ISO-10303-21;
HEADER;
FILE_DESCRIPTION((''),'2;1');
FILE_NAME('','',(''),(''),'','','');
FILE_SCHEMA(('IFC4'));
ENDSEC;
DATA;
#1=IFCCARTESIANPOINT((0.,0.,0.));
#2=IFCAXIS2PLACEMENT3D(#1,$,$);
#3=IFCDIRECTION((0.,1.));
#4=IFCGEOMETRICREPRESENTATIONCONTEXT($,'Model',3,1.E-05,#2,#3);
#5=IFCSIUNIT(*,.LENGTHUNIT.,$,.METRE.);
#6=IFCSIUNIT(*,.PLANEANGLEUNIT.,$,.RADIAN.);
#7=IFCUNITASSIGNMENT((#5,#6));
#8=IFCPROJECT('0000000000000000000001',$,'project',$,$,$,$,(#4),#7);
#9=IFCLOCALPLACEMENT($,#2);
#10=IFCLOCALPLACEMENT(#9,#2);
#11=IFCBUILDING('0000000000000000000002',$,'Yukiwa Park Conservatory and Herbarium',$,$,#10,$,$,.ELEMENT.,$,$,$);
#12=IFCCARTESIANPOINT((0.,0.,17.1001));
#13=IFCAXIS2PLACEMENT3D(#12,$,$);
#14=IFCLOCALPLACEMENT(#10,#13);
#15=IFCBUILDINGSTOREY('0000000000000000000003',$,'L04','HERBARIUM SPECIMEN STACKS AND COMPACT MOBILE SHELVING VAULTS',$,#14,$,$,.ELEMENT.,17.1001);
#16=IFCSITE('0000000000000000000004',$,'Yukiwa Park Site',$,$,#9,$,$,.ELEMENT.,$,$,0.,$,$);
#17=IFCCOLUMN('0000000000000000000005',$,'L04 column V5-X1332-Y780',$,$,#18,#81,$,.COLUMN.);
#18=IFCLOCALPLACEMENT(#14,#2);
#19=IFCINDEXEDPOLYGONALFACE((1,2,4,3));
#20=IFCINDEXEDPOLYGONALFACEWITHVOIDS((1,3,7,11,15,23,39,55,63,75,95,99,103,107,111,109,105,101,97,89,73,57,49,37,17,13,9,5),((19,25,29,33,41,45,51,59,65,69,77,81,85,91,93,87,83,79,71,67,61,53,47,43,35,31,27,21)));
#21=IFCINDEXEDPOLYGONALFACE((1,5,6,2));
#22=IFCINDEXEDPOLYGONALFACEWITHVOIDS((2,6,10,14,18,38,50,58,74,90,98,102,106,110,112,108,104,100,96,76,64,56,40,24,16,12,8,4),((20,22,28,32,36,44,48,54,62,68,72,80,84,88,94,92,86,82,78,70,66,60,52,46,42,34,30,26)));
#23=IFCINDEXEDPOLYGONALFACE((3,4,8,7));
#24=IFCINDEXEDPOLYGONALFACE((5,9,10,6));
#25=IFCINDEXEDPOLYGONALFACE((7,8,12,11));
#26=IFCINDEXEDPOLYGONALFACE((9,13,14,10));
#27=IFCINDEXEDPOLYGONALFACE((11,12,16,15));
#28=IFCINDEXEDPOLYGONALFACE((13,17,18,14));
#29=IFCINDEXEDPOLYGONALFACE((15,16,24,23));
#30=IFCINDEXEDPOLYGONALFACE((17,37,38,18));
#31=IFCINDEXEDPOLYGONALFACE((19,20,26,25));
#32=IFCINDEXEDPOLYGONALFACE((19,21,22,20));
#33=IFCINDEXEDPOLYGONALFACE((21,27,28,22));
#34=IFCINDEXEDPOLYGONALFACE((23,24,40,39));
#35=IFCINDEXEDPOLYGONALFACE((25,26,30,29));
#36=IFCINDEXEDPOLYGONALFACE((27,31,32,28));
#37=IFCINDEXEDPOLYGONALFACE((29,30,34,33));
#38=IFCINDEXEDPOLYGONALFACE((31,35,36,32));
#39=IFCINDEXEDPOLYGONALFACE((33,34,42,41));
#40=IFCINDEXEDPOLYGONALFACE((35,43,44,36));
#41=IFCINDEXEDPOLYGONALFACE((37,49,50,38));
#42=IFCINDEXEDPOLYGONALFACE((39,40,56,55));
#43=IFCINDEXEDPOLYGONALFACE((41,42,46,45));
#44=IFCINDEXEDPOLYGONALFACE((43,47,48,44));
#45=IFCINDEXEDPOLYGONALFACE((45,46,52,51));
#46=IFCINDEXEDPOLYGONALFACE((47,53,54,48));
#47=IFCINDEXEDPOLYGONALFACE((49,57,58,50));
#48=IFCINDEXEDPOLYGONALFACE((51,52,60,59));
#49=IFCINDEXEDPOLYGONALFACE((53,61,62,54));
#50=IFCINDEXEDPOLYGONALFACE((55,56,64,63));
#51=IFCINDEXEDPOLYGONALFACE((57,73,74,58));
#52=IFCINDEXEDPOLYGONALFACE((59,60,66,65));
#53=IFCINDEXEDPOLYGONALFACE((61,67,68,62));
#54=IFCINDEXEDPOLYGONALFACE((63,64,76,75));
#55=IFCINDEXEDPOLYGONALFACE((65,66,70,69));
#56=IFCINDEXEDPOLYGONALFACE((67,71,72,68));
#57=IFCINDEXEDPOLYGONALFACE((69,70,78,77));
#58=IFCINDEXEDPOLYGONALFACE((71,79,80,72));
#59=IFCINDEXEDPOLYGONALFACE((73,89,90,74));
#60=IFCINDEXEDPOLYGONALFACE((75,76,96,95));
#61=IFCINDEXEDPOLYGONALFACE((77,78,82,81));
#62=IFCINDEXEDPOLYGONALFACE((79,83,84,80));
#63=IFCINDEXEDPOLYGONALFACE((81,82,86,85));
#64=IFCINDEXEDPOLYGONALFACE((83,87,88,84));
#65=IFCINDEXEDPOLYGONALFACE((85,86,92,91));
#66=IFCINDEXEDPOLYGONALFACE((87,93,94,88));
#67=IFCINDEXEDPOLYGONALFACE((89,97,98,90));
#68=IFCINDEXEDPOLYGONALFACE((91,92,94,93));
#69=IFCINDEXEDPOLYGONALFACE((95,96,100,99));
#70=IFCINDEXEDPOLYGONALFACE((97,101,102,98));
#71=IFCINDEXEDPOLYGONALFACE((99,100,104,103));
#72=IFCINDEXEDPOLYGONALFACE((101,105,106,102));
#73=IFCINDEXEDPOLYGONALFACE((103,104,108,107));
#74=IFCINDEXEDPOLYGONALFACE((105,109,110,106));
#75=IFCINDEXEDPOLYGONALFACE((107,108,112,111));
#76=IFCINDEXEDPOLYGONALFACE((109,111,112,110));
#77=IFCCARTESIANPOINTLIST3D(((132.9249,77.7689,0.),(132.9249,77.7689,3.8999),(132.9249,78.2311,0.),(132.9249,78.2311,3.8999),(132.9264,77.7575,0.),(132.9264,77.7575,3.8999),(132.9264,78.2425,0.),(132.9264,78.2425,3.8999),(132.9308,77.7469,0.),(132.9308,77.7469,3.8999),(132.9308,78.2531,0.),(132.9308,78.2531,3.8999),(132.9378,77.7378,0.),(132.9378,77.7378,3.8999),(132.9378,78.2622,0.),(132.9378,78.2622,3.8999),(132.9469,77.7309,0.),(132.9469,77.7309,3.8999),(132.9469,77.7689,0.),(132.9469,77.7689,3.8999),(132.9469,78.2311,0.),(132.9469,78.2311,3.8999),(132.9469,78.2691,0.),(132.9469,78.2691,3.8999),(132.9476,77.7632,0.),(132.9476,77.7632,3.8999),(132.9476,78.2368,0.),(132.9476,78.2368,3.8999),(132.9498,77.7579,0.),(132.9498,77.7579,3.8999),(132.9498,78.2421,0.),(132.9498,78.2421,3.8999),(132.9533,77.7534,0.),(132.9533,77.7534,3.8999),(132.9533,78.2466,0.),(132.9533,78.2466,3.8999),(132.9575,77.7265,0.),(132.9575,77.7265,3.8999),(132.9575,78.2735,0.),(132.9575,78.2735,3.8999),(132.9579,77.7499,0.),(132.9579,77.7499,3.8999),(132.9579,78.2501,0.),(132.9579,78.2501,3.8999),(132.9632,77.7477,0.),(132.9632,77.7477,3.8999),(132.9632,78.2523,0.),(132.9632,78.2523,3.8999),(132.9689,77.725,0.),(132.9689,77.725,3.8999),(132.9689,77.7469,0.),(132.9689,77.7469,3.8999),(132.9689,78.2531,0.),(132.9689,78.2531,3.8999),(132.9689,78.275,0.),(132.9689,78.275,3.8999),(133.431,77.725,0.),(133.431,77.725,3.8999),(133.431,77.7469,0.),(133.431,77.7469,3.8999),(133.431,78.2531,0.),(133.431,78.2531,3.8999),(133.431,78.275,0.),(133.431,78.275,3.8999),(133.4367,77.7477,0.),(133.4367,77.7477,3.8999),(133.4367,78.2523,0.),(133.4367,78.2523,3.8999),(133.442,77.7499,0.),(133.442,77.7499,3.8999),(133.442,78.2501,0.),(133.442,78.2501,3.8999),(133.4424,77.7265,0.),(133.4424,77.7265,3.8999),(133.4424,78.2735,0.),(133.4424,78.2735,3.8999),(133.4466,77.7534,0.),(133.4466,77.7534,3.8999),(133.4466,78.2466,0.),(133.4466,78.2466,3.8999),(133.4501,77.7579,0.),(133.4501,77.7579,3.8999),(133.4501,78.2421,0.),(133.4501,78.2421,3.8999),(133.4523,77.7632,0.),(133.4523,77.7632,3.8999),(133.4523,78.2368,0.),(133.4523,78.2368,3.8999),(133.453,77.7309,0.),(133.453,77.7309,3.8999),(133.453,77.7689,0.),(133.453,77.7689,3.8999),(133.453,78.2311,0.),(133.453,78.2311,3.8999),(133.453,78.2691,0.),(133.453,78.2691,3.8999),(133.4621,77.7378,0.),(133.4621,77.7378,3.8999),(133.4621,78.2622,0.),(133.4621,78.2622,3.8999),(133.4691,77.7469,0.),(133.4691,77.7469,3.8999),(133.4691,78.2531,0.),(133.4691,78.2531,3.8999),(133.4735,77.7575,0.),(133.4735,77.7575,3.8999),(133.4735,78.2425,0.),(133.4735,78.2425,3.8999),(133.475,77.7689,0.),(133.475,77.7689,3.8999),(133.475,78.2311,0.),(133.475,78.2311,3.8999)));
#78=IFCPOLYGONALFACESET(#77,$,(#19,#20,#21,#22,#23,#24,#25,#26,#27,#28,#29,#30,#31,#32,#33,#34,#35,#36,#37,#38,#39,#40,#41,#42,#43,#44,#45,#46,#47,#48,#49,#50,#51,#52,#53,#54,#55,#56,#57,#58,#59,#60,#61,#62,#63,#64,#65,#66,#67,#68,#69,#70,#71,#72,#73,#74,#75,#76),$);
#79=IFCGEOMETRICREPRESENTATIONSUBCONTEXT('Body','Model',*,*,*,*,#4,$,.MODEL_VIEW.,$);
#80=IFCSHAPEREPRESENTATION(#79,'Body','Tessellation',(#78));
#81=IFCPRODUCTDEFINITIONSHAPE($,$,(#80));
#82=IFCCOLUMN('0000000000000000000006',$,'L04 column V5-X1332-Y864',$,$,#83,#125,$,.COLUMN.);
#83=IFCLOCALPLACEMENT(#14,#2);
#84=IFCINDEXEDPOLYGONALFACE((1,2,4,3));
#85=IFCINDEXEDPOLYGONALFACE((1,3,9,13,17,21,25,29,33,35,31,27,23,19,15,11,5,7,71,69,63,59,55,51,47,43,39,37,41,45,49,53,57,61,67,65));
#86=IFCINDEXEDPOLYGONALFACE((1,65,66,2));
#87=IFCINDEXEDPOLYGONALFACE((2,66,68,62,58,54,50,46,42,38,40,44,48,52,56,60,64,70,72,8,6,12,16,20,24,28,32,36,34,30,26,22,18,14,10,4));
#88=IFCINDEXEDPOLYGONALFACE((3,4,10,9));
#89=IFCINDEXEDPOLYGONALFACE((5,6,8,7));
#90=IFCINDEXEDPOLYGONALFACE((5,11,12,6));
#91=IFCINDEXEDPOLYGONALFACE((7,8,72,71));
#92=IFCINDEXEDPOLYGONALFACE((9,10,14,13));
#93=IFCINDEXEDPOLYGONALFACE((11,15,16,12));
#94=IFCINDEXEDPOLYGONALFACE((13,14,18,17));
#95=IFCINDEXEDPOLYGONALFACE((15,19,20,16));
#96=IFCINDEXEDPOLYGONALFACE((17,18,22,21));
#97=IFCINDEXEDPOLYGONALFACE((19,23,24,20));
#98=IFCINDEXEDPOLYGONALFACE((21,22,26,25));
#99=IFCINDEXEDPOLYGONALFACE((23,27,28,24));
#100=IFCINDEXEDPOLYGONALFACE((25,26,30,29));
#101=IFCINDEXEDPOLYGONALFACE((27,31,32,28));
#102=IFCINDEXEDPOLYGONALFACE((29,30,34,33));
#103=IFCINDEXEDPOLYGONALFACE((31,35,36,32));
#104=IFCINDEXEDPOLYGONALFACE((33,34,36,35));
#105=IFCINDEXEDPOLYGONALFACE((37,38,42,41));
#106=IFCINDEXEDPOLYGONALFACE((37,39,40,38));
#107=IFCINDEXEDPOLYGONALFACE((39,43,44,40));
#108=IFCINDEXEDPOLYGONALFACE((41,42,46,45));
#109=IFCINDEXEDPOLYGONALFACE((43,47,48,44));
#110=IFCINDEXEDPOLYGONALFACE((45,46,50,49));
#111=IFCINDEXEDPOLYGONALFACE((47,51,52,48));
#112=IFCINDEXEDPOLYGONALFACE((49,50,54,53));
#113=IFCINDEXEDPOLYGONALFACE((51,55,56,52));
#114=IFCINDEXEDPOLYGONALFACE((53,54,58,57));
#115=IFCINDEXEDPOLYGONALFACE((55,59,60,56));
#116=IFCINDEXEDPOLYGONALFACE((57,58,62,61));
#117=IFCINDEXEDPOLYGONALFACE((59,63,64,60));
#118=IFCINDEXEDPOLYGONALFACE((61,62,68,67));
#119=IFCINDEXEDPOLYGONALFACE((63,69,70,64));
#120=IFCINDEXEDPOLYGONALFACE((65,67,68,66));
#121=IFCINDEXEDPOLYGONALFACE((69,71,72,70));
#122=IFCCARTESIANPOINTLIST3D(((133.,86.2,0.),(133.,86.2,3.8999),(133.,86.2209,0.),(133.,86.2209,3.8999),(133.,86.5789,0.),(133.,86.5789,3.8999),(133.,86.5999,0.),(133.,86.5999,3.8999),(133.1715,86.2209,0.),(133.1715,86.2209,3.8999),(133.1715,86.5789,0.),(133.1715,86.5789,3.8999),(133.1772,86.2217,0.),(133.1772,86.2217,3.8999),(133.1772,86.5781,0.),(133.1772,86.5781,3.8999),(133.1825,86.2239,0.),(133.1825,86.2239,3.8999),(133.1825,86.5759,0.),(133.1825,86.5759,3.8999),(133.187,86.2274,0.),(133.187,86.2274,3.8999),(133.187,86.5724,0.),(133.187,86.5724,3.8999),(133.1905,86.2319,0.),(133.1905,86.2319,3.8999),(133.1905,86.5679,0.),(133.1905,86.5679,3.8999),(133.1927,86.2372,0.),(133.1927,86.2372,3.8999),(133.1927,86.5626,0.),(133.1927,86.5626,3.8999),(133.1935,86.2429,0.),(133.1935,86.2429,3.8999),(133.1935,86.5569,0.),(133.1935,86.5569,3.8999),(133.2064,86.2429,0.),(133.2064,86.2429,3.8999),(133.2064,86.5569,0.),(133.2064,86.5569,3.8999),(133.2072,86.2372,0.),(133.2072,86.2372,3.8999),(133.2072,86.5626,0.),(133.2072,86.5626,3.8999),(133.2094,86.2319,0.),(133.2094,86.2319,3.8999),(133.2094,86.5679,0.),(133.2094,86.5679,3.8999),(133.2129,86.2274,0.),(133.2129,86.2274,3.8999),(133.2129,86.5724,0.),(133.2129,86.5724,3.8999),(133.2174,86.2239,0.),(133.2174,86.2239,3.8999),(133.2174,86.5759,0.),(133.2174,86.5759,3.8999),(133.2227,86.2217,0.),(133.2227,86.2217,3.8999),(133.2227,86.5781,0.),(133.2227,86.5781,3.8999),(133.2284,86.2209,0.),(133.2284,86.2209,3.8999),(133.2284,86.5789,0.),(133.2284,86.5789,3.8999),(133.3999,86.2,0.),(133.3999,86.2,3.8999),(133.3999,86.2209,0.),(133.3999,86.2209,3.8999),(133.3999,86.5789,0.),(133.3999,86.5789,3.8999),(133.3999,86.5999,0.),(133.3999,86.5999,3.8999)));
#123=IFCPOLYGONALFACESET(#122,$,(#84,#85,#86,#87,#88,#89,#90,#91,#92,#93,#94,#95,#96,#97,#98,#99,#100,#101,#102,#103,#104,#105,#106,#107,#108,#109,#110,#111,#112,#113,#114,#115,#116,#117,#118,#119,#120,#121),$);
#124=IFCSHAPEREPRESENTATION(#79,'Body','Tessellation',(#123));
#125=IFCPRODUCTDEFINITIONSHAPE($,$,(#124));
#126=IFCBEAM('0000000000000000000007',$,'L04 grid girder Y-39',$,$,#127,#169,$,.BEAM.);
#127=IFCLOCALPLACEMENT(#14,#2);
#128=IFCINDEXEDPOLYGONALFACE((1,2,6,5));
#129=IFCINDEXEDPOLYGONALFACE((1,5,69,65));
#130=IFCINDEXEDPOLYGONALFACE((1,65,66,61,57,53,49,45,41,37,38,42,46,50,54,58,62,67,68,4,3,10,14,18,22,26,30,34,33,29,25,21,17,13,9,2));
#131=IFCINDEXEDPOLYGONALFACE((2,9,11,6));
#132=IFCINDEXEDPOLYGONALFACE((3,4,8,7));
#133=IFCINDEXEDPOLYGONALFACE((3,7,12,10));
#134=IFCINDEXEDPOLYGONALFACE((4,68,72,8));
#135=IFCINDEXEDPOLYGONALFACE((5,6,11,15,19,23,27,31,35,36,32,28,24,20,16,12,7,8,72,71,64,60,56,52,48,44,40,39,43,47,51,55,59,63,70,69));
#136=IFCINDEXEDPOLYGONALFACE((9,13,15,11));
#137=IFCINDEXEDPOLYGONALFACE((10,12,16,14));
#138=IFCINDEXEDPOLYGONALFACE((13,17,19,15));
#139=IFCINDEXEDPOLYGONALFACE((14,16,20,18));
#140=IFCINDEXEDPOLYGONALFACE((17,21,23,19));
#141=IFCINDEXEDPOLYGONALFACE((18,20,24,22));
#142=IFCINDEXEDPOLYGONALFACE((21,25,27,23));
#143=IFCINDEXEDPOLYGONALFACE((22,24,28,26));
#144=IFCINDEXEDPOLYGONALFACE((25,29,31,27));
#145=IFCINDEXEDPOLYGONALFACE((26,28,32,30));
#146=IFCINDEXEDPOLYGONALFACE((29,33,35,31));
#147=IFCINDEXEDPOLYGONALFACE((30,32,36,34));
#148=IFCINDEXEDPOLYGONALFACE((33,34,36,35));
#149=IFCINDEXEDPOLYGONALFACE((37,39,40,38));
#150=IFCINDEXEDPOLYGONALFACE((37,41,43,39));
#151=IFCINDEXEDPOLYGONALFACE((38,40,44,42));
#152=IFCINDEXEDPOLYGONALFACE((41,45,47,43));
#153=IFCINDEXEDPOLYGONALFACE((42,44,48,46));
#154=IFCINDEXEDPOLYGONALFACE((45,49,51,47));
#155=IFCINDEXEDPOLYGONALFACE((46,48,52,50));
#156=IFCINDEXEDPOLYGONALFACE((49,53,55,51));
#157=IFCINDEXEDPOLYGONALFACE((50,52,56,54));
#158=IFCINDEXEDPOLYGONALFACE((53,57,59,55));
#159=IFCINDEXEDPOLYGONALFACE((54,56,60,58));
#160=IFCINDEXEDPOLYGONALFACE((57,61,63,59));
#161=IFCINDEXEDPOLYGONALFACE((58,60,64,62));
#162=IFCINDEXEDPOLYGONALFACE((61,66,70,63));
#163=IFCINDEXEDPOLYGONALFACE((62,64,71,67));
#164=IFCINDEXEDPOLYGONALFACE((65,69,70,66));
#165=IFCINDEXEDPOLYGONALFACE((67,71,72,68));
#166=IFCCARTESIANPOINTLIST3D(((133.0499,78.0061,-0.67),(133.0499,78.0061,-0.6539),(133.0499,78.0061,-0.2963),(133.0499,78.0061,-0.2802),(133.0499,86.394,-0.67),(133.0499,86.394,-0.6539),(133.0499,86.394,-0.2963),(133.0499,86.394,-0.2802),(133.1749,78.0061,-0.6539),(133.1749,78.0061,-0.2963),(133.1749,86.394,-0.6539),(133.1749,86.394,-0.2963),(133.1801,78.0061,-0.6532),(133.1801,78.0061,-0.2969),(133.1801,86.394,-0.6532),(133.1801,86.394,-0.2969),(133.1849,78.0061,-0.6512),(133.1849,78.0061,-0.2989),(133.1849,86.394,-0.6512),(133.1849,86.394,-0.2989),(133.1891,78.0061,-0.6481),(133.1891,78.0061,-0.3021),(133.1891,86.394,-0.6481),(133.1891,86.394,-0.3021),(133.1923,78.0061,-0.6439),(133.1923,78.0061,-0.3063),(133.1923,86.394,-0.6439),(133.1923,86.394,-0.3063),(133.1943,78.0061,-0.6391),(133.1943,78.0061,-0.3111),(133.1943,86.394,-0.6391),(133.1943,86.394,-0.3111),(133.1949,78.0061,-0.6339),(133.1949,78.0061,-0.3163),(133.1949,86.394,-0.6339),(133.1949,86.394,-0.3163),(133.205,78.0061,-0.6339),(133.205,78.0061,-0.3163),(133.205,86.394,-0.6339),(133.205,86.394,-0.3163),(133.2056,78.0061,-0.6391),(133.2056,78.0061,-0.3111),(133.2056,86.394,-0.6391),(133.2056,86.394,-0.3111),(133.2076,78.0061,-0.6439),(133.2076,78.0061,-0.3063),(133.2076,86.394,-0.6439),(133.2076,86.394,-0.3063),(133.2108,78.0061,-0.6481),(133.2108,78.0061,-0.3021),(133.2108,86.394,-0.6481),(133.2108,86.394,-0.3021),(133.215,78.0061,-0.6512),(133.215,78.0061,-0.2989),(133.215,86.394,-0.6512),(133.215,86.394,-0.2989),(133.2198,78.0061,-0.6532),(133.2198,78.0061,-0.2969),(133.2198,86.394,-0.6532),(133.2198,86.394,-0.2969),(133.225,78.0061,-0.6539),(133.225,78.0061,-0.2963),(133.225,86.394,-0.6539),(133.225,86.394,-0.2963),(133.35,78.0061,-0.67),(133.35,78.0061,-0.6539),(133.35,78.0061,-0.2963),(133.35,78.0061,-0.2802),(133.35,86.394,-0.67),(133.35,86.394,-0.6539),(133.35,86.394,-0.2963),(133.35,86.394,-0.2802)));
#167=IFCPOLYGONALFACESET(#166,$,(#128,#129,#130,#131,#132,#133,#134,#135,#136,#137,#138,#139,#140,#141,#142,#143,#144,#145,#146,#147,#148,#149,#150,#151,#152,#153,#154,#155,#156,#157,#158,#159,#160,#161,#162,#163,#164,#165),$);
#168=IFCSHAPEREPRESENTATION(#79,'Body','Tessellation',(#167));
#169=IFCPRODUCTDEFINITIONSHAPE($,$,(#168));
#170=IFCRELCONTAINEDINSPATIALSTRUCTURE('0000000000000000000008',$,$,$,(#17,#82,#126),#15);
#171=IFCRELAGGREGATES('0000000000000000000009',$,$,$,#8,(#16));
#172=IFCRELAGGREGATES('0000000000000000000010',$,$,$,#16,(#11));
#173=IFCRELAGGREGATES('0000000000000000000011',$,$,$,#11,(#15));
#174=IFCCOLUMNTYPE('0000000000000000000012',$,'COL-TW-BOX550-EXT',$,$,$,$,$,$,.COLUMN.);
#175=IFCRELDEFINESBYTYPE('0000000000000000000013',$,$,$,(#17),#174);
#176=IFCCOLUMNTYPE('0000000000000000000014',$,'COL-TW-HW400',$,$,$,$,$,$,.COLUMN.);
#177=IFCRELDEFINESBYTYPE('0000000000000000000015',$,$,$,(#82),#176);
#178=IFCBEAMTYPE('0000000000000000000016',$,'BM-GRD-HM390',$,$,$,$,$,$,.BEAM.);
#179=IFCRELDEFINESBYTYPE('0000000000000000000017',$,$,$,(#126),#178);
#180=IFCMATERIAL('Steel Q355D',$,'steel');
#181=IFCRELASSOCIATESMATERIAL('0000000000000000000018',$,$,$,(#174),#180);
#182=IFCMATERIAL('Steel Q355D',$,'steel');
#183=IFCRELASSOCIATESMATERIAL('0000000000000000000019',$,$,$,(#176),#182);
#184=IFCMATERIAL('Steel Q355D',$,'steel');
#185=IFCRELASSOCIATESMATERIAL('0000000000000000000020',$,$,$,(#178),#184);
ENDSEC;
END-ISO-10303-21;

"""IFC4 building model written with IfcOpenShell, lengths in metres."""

from ifc_helpers import new_model, si_unit, direction, frame, origin, origin_2d, place, context, subcontext, project, spatial, hollow_rectangle, i_section, extrude, material, material_profile, profile_set, type_object, element, save


model = new_model("IFC4")

# Units and contexts
model_context = context("Model", 3, precision=1e-05, world=origin(), true_north=direction((0.0, 1.0)))
body_context = subcontext(model_context, "Body", "Model", "MODEL_VIEW")
ifc_project = project(units=[si_unit("LENGTHUNIT", "METRE"), si_unit("PLANEANGLEUNIT", "RADIAN")], contexts=[model_context])

# Site, building, storey
site_placement = place(None, origin())
site = spatial("IfcSite", under=ifc_project, at=site_placement, Name="Yukiwa Park Site", CompositionType="ELEMENT", RefElevation=0.0)
building_placement = place(site_placement, origin())
building = spatial("IfcBuilding", under=site, at=building_placement, Name="Yukiwa Park Conservatory and Herbarium", CompositionType="ELEMENT")
storey_placement = place(building_placement, frame((0.0, 0.0, 17.1001)))
storey = spatial("IfcBuildingStorey", under=building, at=storey_placement, Name="L04", Description="HERBARIUM SPECIMEN STACKS AND COMPACT MOBILE SHELVING VAULTS", CompositionType="ELEMENT", Elevation=17.1001)

# Columns
ifc_material_1 = material(Name="Steel Q355D", Category="steel")
ifc_material_profile_1 = material_profile(ifc_material_1, hollow_rectangle(XDim=0.55, YDim=0.55, WallThickness=0.022, InnerFilletRadius=0.022, OuterFilletRadius=0.0439, at=origin_2d()), Name="BOX 550x550x22")
ifc_profile_set_1 = profile_set([ifc_material_profile_1], Name="Steel Q355D")
column_type_1 = type_object("IfcColumnType", Name="COL-TW-BOX550-EXT", PredefinedType="COLUMN", material=ifc_profile_set_1)
column_1_placement = place(storey_placement, frame((133.2, 78.0, 0.0), z_axis=(0.0, 0.0, 1.0), x_axis=(1.0, 0.0, 0.0)))
element("IfcColumn", 1, at=column_1_placement, inside=storey, type_object=column_type_1, Name="L04 column V5-X1332-Y780", PredefinedType="COLUMN", context=body_context, shape_type="SweptSolid", body=[
    extrude(hollow_rectangle(XDim=0.55, YDim=0.55, WallThickness=0.022, InnerFilletRadius=0.022, OuterFilletRadius=0.0439, at=origin_2d()), origin(), (0.0, 0.0, 1.0), 3.8999),
])
ifc_material_2 = material(Name="Steel Q355D", Category="steel")
ifc_material_profile_2 = material_profile(ifc_material_2, i_section(OverallWidth=0.3999, OverallDepth=0.3999, WebThickness=0.0129, FlangeThickness=0.021, FilletRadius=0.022, at=origin_2d()), Name="HW 400x400x13x21")
ifc_profile_set_2 = profile_set([ifc_material_profile_2], Name="Steel Q355D")
column_type_2 = type_object("IfcColumnType", Name="COL-TW-HW400", PredefinedType="COLUMN", material=ifc_profile_set_2)
column_2_placement = place(storey_placement, frame((133.2, 86.3999, 0.0), z_axis=(0.0, 0.0, 1.0), x_axis=(1.0, 0.0, 0.0)))
element("IfcColumn", 2, at=column_2_placement, inside=storey, type_object=column_type_2, Name="L04 column V5-X1332-Y864", PredefinedType="COLUMN", context=body_context, shape_type="SweptSolid", body=[
    extrude(i_section(OverallWidth=0.3999, OverallDepth=0.3999, WebThickness=0.0129, FlangeThickness=0.021, FilletRadius=0.022, at=origin_2d()), origin(), (0.0, 0.0, 1.0), 3.8999),
])

# Beam
ifc_material_3 = material(Name="Steel Q355D", Category="steel")
ifc_material_profile_3 = material_profile(ifc_material_3, i_section(OverallWidth=0.3, OverallDepth=0.3899, WebThickness=0.01, FlangeThickness=0.0161, FilletRadius=0.02, at=origin_2d()), Name="HM 390x300x10x16")
ifc_profile_set_3 = profile_set([ifc_material_profile_3], Name="Steel Q355D")
beam_type_1 = type_object("IfcBeamType", Name="BM-GRD-HM390", PredefinedType="BEAM", material=ifc_profile_set_3)
beam_1_placement = place(storey_placement, frame((133.2, 78.0061, -0.4751), z_axis=(0.0, 1.0, 0.0), x_axis=(-1.0, 0.0, 0.0)))
element("IfcBeam", 3, at=beam_1_placement, inside=storey, type_object=beam_type_1, Name="L04 grid girder Y-39", PredefinedType="BEAM", context=body_context, shape_type="SweptSolid", body=[
    extrude(i_section(OverallWidth=0.3, OverallDepth=0.3899, WebThickness=0.01, FlangeThickness=0.0161, FilletRadius=0.02, at=origin_2d()), origin(), (0.0, 0.0, 1.0), 8.3879),
])

save(model, "model.ifc")
